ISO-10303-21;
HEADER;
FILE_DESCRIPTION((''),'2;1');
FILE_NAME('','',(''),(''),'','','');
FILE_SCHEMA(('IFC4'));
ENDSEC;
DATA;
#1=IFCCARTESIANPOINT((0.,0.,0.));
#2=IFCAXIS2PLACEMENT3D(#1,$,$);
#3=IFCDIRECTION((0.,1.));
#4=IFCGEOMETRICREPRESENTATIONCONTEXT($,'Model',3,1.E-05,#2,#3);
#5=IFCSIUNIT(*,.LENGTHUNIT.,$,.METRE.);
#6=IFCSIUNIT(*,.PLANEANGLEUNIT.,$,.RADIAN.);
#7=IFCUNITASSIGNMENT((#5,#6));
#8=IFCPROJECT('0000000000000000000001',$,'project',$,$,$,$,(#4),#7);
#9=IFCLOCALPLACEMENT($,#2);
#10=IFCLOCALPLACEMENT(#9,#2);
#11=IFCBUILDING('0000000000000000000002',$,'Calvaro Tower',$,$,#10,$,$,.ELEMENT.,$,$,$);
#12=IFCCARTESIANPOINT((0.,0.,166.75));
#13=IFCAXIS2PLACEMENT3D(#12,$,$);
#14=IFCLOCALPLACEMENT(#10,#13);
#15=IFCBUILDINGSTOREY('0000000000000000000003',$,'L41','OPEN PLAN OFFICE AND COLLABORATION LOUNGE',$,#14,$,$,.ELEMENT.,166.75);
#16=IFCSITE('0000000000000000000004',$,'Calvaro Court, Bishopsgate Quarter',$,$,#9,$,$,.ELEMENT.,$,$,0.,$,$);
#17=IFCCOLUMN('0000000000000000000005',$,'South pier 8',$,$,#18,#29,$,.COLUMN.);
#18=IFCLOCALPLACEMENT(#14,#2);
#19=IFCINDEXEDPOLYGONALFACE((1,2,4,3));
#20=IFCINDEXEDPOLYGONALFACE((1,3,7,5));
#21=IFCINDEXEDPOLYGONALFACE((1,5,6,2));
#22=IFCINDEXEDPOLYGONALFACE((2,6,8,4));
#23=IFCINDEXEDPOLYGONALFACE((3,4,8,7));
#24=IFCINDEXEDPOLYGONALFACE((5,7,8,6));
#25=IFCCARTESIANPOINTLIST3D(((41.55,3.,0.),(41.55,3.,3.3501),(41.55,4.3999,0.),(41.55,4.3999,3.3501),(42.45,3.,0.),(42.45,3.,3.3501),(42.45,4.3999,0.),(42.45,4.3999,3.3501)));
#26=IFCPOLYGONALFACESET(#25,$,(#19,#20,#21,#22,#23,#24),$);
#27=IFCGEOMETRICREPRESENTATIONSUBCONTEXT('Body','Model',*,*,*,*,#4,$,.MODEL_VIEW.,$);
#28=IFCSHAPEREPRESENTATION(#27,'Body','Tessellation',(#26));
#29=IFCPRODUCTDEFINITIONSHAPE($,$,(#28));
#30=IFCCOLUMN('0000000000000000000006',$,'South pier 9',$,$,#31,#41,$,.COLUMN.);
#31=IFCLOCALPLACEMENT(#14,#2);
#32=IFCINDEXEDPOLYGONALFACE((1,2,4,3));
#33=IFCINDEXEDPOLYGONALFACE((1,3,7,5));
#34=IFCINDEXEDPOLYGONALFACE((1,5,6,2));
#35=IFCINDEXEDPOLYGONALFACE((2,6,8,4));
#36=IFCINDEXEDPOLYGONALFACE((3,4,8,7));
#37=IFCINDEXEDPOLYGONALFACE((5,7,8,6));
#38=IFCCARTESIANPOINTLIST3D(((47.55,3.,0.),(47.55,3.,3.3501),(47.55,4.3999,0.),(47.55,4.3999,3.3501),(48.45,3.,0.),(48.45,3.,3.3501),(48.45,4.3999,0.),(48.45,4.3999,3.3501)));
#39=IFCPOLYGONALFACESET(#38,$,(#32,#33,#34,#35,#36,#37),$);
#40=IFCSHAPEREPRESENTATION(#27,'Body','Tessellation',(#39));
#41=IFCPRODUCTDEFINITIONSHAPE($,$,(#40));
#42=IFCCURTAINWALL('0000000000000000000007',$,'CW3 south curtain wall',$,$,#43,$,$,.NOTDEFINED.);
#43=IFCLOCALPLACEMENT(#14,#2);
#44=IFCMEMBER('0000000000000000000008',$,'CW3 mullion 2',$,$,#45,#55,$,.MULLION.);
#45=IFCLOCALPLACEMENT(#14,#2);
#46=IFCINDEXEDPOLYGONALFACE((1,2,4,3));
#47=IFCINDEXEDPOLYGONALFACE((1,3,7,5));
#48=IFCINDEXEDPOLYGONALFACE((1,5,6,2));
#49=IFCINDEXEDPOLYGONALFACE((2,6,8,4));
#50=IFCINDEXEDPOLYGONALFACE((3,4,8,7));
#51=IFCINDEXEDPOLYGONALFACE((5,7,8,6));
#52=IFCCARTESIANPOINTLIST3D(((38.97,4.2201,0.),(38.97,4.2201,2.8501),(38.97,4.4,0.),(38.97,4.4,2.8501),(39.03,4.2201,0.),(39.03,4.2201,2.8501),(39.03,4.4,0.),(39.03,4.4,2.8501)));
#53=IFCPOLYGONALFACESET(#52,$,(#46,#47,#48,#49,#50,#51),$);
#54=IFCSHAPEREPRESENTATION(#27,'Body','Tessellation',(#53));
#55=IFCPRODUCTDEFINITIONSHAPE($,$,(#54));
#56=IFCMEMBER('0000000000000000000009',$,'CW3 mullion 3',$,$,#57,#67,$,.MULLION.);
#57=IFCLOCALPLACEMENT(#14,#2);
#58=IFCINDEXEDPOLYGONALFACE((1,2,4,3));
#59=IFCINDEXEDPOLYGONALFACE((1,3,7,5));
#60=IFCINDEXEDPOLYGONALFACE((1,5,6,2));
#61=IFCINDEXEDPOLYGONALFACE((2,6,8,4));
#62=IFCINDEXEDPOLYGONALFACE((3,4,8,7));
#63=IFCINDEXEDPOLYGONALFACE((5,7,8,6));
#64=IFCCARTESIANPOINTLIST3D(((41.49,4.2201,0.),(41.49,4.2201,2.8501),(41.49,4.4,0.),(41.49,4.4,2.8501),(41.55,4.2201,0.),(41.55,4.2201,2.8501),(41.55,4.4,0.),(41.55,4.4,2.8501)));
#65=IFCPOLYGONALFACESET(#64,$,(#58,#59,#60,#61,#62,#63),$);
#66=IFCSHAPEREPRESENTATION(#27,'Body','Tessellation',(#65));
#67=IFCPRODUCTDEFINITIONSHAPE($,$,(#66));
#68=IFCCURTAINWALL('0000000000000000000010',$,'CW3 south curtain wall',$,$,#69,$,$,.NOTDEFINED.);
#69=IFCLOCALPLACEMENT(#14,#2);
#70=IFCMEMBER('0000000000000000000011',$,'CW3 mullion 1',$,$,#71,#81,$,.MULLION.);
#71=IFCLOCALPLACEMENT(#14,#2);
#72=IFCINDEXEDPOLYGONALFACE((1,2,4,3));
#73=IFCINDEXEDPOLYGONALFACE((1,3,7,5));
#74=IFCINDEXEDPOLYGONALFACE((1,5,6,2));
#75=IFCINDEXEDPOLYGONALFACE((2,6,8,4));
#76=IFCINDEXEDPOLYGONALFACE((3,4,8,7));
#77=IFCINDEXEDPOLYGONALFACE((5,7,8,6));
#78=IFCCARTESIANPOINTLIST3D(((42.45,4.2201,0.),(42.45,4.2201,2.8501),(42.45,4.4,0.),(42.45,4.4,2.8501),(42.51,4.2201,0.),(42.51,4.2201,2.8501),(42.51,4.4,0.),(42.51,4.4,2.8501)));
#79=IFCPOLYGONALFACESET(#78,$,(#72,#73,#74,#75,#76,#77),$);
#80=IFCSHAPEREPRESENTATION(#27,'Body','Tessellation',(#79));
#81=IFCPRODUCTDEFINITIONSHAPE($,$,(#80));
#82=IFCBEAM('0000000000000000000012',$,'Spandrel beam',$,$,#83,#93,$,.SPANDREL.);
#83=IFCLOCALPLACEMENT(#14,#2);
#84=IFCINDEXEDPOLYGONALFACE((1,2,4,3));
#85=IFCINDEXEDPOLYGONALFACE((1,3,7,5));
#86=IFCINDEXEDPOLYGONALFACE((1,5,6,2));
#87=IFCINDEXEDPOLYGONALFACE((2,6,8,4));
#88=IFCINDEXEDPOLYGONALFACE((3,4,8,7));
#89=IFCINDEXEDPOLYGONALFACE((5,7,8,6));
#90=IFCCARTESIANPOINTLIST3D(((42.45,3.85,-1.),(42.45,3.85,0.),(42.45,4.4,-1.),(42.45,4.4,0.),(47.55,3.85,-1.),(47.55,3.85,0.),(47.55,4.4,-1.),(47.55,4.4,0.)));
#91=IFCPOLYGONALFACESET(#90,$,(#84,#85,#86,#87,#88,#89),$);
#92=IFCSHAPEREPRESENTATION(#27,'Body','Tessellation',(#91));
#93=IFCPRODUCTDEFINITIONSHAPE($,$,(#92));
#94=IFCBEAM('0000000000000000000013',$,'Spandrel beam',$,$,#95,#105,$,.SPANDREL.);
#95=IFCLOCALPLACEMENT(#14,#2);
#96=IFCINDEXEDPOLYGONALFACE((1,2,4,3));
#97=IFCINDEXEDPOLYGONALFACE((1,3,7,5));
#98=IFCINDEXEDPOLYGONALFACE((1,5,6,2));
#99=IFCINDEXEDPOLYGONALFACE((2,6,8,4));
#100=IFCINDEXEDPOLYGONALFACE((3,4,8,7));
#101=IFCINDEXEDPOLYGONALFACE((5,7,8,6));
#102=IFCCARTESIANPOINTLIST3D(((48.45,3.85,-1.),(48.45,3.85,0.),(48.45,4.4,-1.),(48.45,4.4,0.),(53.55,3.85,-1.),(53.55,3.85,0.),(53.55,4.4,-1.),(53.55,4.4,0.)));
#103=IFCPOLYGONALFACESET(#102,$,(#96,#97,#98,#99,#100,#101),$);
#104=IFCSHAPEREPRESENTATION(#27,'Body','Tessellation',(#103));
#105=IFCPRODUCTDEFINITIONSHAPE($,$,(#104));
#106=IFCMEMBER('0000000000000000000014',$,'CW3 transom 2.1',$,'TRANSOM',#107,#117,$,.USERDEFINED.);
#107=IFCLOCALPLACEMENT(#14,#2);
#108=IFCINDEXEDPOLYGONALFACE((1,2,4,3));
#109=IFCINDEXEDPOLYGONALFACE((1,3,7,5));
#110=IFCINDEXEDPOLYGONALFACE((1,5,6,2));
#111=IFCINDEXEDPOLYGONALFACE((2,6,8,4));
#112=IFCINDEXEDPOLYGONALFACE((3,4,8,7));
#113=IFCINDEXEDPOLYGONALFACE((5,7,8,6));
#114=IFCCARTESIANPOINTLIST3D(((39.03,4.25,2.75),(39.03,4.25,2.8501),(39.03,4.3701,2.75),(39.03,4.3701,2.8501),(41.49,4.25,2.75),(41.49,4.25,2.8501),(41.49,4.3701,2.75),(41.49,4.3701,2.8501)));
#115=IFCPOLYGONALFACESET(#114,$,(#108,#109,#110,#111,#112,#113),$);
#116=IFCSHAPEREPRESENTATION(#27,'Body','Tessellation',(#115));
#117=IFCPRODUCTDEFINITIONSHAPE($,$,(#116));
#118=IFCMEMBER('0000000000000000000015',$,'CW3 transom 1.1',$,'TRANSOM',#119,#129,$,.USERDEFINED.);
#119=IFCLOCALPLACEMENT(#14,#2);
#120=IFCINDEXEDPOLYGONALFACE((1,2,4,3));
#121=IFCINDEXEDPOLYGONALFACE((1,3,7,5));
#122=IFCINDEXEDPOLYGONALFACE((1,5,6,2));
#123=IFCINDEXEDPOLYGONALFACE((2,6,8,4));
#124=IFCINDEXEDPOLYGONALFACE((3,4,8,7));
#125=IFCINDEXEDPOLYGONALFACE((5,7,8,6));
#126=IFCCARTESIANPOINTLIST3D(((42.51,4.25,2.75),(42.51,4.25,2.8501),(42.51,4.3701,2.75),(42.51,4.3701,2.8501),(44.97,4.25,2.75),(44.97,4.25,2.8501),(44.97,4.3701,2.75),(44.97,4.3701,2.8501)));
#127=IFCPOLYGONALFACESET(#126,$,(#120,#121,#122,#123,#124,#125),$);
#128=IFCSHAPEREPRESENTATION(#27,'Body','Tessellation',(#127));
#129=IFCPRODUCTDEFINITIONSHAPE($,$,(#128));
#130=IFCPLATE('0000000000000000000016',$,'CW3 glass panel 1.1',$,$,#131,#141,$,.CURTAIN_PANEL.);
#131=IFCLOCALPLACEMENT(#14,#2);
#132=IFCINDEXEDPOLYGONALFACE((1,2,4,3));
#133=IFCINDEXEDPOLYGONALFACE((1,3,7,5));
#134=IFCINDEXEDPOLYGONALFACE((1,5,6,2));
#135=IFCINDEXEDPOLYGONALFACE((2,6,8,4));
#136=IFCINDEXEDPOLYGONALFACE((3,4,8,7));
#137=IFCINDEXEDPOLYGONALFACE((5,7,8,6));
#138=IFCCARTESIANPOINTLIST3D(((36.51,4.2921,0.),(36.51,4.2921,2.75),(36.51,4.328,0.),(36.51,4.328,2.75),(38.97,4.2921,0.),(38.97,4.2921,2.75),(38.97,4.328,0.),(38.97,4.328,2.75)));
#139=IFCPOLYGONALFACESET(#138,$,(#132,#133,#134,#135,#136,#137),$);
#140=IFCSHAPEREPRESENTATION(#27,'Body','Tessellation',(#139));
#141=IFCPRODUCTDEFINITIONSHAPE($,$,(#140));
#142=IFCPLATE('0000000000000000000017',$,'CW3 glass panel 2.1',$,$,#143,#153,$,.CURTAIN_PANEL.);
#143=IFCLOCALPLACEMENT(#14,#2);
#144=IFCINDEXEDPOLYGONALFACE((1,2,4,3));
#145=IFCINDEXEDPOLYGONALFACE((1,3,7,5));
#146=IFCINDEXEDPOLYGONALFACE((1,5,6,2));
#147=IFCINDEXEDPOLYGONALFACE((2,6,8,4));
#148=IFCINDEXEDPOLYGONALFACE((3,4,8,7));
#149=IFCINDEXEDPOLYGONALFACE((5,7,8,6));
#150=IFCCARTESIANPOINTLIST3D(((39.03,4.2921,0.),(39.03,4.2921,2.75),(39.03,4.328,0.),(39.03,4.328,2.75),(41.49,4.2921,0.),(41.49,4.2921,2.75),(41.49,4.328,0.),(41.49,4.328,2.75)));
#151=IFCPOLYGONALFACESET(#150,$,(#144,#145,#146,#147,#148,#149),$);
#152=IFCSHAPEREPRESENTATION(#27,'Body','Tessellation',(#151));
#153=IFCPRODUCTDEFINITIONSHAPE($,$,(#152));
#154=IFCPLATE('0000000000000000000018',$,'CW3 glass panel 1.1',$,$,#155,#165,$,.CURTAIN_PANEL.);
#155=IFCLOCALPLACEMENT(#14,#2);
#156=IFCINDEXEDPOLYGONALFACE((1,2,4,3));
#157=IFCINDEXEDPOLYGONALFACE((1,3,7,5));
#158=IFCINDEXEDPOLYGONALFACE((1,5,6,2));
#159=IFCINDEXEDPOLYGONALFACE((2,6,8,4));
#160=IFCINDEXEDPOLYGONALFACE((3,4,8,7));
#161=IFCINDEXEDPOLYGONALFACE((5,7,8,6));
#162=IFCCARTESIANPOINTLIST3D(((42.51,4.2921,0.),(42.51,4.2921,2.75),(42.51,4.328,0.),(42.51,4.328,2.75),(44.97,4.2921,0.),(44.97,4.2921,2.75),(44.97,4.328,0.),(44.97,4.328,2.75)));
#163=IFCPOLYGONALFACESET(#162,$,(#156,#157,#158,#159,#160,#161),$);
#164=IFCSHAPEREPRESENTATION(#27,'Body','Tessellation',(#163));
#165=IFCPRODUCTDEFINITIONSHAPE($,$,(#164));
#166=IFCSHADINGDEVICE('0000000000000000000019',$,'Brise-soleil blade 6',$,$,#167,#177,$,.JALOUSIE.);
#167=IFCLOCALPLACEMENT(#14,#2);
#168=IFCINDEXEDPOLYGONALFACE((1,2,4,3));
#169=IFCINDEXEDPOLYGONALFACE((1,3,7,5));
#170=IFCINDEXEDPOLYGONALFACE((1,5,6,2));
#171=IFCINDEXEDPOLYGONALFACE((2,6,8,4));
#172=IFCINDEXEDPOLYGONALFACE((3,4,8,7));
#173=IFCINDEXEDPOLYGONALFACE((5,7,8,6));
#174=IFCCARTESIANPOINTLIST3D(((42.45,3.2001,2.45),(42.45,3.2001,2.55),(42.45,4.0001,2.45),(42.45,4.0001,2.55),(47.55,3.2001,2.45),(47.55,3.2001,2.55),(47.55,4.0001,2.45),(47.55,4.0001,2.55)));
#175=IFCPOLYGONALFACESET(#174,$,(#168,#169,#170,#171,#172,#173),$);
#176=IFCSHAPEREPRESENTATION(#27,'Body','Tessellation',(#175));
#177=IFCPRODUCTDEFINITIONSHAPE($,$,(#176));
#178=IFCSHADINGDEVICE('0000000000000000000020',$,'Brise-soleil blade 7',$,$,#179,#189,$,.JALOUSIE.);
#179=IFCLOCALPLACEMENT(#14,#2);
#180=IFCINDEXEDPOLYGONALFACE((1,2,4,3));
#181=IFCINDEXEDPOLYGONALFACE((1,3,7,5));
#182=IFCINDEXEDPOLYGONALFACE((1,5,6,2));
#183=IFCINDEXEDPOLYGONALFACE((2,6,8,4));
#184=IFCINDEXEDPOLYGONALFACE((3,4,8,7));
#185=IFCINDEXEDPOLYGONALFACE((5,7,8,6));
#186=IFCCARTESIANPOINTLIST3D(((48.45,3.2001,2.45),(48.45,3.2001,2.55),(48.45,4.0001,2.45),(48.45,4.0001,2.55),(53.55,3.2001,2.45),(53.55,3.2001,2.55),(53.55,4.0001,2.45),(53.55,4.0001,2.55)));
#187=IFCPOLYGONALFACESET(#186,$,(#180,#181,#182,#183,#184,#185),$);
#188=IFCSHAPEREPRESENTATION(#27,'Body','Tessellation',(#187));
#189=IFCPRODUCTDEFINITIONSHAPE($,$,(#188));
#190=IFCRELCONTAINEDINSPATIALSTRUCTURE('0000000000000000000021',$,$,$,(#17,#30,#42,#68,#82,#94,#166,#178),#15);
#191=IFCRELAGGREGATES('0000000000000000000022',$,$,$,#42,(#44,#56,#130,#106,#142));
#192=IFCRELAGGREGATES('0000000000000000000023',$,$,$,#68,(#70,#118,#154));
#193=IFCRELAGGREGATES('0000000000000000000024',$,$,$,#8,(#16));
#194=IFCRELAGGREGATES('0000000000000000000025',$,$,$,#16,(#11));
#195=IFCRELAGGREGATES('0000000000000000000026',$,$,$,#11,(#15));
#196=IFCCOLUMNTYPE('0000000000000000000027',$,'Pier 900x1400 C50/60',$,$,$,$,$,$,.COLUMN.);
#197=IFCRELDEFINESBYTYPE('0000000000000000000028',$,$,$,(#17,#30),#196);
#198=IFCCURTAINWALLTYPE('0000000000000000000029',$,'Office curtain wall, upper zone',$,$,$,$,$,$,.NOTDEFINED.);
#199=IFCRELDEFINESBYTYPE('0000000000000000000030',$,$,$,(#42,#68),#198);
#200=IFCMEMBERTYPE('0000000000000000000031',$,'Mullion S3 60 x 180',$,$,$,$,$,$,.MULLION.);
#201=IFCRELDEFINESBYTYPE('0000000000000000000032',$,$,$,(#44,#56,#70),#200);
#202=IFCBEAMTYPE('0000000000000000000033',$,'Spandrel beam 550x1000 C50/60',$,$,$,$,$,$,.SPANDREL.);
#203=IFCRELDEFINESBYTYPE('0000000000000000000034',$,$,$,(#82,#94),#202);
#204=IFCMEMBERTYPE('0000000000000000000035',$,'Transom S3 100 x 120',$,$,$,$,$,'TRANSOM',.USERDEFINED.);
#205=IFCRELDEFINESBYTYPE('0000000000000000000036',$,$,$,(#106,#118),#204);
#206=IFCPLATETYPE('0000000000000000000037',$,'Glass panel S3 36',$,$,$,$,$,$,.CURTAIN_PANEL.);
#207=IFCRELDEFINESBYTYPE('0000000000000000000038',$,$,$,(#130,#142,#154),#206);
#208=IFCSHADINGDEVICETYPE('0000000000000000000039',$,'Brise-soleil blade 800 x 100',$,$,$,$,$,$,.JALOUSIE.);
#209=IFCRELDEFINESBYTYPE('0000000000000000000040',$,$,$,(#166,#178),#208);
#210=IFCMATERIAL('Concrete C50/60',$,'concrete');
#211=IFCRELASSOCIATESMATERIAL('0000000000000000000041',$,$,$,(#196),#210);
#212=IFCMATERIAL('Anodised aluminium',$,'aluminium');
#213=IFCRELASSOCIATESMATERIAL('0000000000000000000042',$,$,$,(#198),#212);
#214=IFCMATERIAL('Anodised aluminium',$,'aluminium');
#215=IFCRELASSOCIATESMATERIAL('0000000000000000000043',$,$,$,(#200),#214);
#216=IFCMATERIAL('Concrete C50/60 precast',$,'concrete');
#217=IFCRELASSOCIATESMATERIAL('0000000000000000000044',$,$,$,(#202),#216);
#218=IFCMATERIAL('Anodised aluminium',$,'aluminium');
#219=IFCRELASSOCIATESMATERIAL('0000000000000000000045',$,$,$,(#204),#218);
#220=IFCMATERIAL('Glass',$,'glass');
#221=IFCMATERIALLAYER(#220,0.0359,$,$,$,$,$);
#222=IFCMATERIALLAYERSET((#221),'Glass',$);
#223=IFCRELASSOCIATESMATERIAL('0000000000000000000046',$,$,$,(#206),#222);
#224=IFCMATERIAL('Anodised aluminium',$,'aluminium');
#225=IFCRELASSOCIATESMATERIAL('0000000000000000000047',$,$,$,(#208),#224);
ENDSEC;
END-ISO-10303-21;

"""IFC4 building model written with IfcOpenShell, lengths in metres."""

from ifc_helpers import new_model, si_unit, direction, frame, origin, origin_2d, place, context, subcontext, project, spatial, rectangle, extrude, material, layer, layer_set, material_profile, profile_set, type_object, element, aggregate, save


model = new_model("IFC4")

# Units and contexts
model_context = context("Model", 3, precision=1e-05, world=origin(), true_north=direction((0.0, 1.0)))
body_context = subcontext(model_context, "Body", "Model", "MODEL_VIEW")
ifc_project = project(units=[si_unit("LENGTHUNIT", "METRE"), si_unit("PLANEANGLEUNIT", "RADIAN")], contexts=[model_context])

# Site, building, storey
site_placement = place(None, origin())
site = spatial("IfcSite", under=ifc_project, at=site_placement, Name="Calvaro Court, Bishopsgate Quarter", CompositionType="ELEMENT", RefElevation=0.0)
building_placement = place(site_placement, origin())
building = spatial("IfcBuilding", under=site, at=building_placement, Name="Calvaro Tower", CompositionType="ELEMENT")
storey_placement = place(building_placement, frame((0.0, 0.0, 166.75)))
storey = spatial("IfcBuildingStorey", under=building, at=storey_placement, Name="L41", Description="OPEN PLAN OFFICE AND COLLABORATION LOUNGE", CompositionType="ELEMENT", Elevation=166.75)

# Columns
ifc_material_1 = material(Name="Concrete C50/60", Category="concrete")
ifc_material_profile_1 = material_profile(ifc_material_1, rectangle(XDim=0.8999, YDim=1.3999, at=origin_2d()), Name="RC 900x1400")
ifc_profile_set_1 = profile_set([ifc_material_profile_1], Name="Concrete C50/60")
column_type = type_object("IfcColumnType", Name="Pier 900x1400 C50/60", PredefinedType="COLUMN", material=ifc_profile_set_1)
for number, where, z_axis, x_axis, name in (
    (1, (42.0, 3.7, 0.0), (0.0, 0.0, 1.0), (1.0, 0.0, 0.0), "South pier 8"),
    (2, (48.0, 3.7, 0.0), (0.0, 0.0, 1.0), (1.0, 0.0, 0.0), "South pier 9"),
):
    element("IfcColumn", number, at=place(storey_placement, frame(where, z_axis=z_axis, x_axis=x_axis)), inside=storey, type_object=column_type, Name=name, PredefinedType="COLUMN", context=body_context, shape_type="SweptSolid", body=[
        extrude(rectangle(XDim=0.8999, YDim=1.3999, at=origin_2d()), origin(), (0.0, 0.0, 1.0), 3.3501),
    ])

# Curtain wall, members
ifc_material_2 = material(Name="Anodised aluminium", Category="aluminium")
curtain_wall_type = type_object("IfcCurtainWallType", Name="Office curtain wall, upper zone", PredefinedType="NOTDEFINED", material=ifc_material_2)
curtain_wall_1_placement = place(storey_placement, origin())
curtain_wall_1 = element("IfcCurtainWall", 3, at=curtain_wall_1_placement, inside=storey, type_object=curtain_wall_type, Name="CW3 south curtain wall", PredefinedType="NOTDEFINED")
ifc_material_3 = material(Name="Anodised aluminium", Category="aluminium")
ifc_material_profile_2 = material_profile(ifc_material_3, rectangle(XDim=0.1799, YDim=0.0601, at=origin_2d()), Name="Mullion S3 60 x 180")
ifc_profile_set_2 = profile_set([ifc_material_profile_2], Name="Anodised aluminium")
member_type_1 = type_object("IfcMemberType", Name="Mullion S3 60 x 180", PredefinedType="MULLION", material=ifc_profile_set_2)
member_1_placement = place(storey_placement, frame((39.0, 4.3101, 0.0), z_axis=(0.0, 0.0, 1.0), x_axis=(0.0, 1.0, 0.0)))
member_1 = element("IfcMember", 4, at=member_1_placement, type_object=member_type_1, Name="CW3 mullion 2", PredefinedType="MULLION", context=body_context, shape_type="SweptSolid", body=[
    extrude(rectangle(XDim=0.1799, YDim=0.0601, at=origin_2d()), origin(), (0.0, 0.0, 1.0), 2.8501),
])
member_2_placement = place(storey_placement, frame((41.52, 4.3101, 0.0), z_axis=(0.0, 0.0, 1.0), x_axis=(0.0, 1.0, 0.0)))
member_2 = element("IfcMember", 5, at=member_2_placement, type_object=member_type_1, Name="CW3 mullion 3", PredefinedType="MULLION", context=body_context, shape_type="SweptSolid", body=[
    extrude(rectangle(XDim=0.1799, YDim=0.0601, at=origin_2d()), origin(), (0.0, 0.0, 1.0), 2.8501),
])

# Curtain wall, member
curtain_wall_2_placement = place(storey_placement, origin())
curtain_wall_2 = element("IfcCurtainWall", 6, at=curtain_wall_2_placement, inside=storey, type_object=curtain_wall_type, Name="CW3 south curtain wall", PredefinedType="NOTDEFINED")
member_3_placement = place(storey_placement, frame((42.48, 4.3101, 0.0), z_axis=(0.0, 0.0, 1.0), x_axis=(0.0, 1.0, 0.0)))
member_3 = element("IfcMember", 7, at=member_3_placement, type_object=member_type_1, Name="CW3 mullion 1", PredefinedType="MULLION", context=body_context, shape_type="SweptSolid", body=[
    extrude(rectangle(XDim=0.1799, YDim=0.0601, at=origin_2d()), origin(), (0.0, 0.0, 1.0), 2.8501),
])

# Beams
ifc_material_4 = material(Name="Concrete C50/60 precast", Category="concrete")
ifc_material_profile_3 = material_profile(ifc_material_4, rectangle(XDim=0.55, YDim=1.0, at=origin_2d()), Name="RC 550x1000")
ifc_profile_set_3 = profile_set([ifc_material_profile_3], Name="Concrete C50/60 precast")
beam_type = type_object("IfcBeamType", Name="Spandrel beam 550x1000 C50/60", PredefinedType="SPANDREL", material=ifc_profile_set_3)
for number, where, z_axis, x_axis, name in (
    (8, (42.45, 4.125, -0.5), (1.0, 0.0, 0.0), (0.0, 1.0, 0.0), "Spandrel beam"),
    (9, (48.45, 4.125, -0.5), (1.0, 0.0, 0.0), (0.0, 1.0, 0.0), "Spandrel beam"),
):
    element("IfcBeam", number, at=place(storey_placement, frame(where, z_axis=z_axis, x_axis=x_axis)), inside=storey, type_object=beam_type, Name=name, PredefinedType="SPANDREL", context=body_context, shape_type="SweptSolid", body=[
        extrude(rectangle(XDim=0.55, YDim=1.0, at=origin_2d()), origin(), (0.0, 0.0, 1.0), 5.1001),
    ])

# Members
ifc_material_5 = material(Name="Anodised aluminium", Category="aluminium")
ifc_material_profile_4 = material_profile(ifc_material_5, rectangle(XDim=0.1201, YDim=0.1001, at=origin_2d()), Name="Transom S3 100 x 120")
ifc_profile_set_4 = profile_set([ifc_material_profile_4], Name="Anodised aluminium")
member_type_2 = type_object("IfcMemberType", Name="Transom S3 100 x 120", ElementType="TRANSOM", PredefinedType="USERDEFINED", material=ifc_profile_set_4)
member_4_placement = place(storey_placement, frame((39.03, 4.3101, 2.8), z_axis=(1.0, 0.0, 0.0), x_axis=(0.0, 1.0, 0.0)))
member_4 = element("IfcMember", 10, at=member_4_placement, type_object=member_type_2, Name="CW3 transom 2.1", ObjectType="TRANSOM", PredefinedType="USERDEFINED", context=body_context, shape_type="SweptSolid", body=[
    extrude(rectangle(XDim=0.1201, YDim=0.1001, at=origin_2d()), origin(), (0.0, 0.0, 1.0), 2.46),
])
member_5_placement = place(storey_placement, frame((42.51, 4.3101, 2.8), z_axis=(1.0, 0.0, 0.0), x_axis=(0.0, 1.0, 0.0)))
member_5 = element("IfcMember", 11, at=member_5_placement, type_object=member_type_2, Name="CW3 transom 1.1", ObjectType="TRANSOM", PredefinedType="USERDEFINED", context=body_context, shape_type="SweptSolid", body=[
    extrude(rectangle(XDim=0.1201, YDim=0.1001, at=origin_2d()), origin(), (0.0, 0.0, 1.0), 2.46),
])

# Plates
ifc_material_6 = material(Name="Glass", Category="glass")
ifc_layer_1 = layer(ifc_material_6, 0.0359)
ifc_layer_set_1 = layer_set([ifc_layer_1], Name="Glass")
plate_type = type_object("IfcPlateType", Name="Glass panel S3 36", PredefinedType="CURTAIN_PANEL", material=ifc_layer_set_1)
plate_1_placement = place(storey_placement, frame((37.74, 4.3101, 0.0), z_axis=(0.0, 0.0, 1.0), x_axis=(1.0, 0.0, 0.0)))
plate_1 = element("IfcPlate", 12, at=plate_1_placement, type_object=plate_type, Name="CW3 glass panel 1.1", PredefinedType="CURTAIN_PANEL", context=body_context, shape_type="SweptSolid", body=[
    extrude(rectangle(XDim=2.46, YDim=0.0359, at=origin_2d()), origin(), (0.0, 0.0, 1.0), 2.75),
])
plate_2_placement = place(storey_placement, frame((40.26, 4.3101, 0.0), z_axis=(0.0, 0.0, 1.0), x_axis=(1.0, 0.0, 0.0)))
plate_2 = element("IfcPlate", 13, at=plate_2_placement, type_object=plate_type, Name="CW3 glass panel 2.1", PredefinedType="CURTAIN_PANEL", context=body_context, shape_type="SweptSolid", body=[
    extrude(rectangle(XDim=2.46, YDim=0.0359, at=origin_2d()), origin(), (0.0, 0.0, 1.0), 2.75),
])
aggregate(curtain_wall_1, [member_1, member_2, plate_1, member_4, plate_2])
plate_3_placement = place(storey_placement, frame((43.74, 4.3101, 0.0), z_axis=(0.0, 0.0, 1.0), x_axis=(1.0, 0.0, 0.0)))
plate_3 = element("IfcPlate", 14, at=plate_3_placement, type_object=plate_type, Name="CW3 glass panel 1.1", PredefinedType="CURTAIN_PANEL", context=body_context, shape_type="SweptSolid", body=[
    extrude(rectangle(XDim=2.46, YDim=0.0359, at=origin_2d()), origin(), (0.0, 0.0, 1.0), 2.75),
])
aggregate(curtain_wall_2, [member_3, member_5, plate_3])

# Shading devices
ifc_material_7 = material(Name="Anodised aluminium", Category="aluminium")
ifc_material_profile_5 = material_profile(ifc_material_7, rectangle(XDim=0.8, YDim=0.1001, at=origin_2d()), Name="Brise-soleil blade 800 x 100")
ifc_profile_set_5 = profile_set([ifc_material_profile_5], Name="Anodised aluminium")
shading_device_type = type_object("IfcShadingDeviceType", Name="Brise-soleil blade 800 x 100", PredefinedType="JALOUSIE", material=ifc_profile_set_5)
for number, where, z_axis, x_axis, name in (
    (15, (42.45, 3.6001, 2.5), (1.0, 0.0, 0.0), (0.0, 1.0, 0.0), "Brise-soleil blade 6"),
    (16, (48.45, 3.6001, 2.5), (1.0, 0.0, 0.0), (0.0, 1.0, 0.0), "Brise-soleil blade 7"),
):
    element("IfcShadingDevice", number, at=place(storey_placement, frame(where, z_axis=z_axis, x_axis=x_axis)), inside=storey, type_object=shading_device_type, Name=name, PredefinedType="JALOUSIE", context=body_context, shape_type="SweptSolid", body=[
        extrude(rectangle(XDim=0.8, YDim=0.1001, at=origin_2d()), origin(), (0.0, 0.0, 1.0), 5.1001),
    ])

save(model, "model.ifc")
